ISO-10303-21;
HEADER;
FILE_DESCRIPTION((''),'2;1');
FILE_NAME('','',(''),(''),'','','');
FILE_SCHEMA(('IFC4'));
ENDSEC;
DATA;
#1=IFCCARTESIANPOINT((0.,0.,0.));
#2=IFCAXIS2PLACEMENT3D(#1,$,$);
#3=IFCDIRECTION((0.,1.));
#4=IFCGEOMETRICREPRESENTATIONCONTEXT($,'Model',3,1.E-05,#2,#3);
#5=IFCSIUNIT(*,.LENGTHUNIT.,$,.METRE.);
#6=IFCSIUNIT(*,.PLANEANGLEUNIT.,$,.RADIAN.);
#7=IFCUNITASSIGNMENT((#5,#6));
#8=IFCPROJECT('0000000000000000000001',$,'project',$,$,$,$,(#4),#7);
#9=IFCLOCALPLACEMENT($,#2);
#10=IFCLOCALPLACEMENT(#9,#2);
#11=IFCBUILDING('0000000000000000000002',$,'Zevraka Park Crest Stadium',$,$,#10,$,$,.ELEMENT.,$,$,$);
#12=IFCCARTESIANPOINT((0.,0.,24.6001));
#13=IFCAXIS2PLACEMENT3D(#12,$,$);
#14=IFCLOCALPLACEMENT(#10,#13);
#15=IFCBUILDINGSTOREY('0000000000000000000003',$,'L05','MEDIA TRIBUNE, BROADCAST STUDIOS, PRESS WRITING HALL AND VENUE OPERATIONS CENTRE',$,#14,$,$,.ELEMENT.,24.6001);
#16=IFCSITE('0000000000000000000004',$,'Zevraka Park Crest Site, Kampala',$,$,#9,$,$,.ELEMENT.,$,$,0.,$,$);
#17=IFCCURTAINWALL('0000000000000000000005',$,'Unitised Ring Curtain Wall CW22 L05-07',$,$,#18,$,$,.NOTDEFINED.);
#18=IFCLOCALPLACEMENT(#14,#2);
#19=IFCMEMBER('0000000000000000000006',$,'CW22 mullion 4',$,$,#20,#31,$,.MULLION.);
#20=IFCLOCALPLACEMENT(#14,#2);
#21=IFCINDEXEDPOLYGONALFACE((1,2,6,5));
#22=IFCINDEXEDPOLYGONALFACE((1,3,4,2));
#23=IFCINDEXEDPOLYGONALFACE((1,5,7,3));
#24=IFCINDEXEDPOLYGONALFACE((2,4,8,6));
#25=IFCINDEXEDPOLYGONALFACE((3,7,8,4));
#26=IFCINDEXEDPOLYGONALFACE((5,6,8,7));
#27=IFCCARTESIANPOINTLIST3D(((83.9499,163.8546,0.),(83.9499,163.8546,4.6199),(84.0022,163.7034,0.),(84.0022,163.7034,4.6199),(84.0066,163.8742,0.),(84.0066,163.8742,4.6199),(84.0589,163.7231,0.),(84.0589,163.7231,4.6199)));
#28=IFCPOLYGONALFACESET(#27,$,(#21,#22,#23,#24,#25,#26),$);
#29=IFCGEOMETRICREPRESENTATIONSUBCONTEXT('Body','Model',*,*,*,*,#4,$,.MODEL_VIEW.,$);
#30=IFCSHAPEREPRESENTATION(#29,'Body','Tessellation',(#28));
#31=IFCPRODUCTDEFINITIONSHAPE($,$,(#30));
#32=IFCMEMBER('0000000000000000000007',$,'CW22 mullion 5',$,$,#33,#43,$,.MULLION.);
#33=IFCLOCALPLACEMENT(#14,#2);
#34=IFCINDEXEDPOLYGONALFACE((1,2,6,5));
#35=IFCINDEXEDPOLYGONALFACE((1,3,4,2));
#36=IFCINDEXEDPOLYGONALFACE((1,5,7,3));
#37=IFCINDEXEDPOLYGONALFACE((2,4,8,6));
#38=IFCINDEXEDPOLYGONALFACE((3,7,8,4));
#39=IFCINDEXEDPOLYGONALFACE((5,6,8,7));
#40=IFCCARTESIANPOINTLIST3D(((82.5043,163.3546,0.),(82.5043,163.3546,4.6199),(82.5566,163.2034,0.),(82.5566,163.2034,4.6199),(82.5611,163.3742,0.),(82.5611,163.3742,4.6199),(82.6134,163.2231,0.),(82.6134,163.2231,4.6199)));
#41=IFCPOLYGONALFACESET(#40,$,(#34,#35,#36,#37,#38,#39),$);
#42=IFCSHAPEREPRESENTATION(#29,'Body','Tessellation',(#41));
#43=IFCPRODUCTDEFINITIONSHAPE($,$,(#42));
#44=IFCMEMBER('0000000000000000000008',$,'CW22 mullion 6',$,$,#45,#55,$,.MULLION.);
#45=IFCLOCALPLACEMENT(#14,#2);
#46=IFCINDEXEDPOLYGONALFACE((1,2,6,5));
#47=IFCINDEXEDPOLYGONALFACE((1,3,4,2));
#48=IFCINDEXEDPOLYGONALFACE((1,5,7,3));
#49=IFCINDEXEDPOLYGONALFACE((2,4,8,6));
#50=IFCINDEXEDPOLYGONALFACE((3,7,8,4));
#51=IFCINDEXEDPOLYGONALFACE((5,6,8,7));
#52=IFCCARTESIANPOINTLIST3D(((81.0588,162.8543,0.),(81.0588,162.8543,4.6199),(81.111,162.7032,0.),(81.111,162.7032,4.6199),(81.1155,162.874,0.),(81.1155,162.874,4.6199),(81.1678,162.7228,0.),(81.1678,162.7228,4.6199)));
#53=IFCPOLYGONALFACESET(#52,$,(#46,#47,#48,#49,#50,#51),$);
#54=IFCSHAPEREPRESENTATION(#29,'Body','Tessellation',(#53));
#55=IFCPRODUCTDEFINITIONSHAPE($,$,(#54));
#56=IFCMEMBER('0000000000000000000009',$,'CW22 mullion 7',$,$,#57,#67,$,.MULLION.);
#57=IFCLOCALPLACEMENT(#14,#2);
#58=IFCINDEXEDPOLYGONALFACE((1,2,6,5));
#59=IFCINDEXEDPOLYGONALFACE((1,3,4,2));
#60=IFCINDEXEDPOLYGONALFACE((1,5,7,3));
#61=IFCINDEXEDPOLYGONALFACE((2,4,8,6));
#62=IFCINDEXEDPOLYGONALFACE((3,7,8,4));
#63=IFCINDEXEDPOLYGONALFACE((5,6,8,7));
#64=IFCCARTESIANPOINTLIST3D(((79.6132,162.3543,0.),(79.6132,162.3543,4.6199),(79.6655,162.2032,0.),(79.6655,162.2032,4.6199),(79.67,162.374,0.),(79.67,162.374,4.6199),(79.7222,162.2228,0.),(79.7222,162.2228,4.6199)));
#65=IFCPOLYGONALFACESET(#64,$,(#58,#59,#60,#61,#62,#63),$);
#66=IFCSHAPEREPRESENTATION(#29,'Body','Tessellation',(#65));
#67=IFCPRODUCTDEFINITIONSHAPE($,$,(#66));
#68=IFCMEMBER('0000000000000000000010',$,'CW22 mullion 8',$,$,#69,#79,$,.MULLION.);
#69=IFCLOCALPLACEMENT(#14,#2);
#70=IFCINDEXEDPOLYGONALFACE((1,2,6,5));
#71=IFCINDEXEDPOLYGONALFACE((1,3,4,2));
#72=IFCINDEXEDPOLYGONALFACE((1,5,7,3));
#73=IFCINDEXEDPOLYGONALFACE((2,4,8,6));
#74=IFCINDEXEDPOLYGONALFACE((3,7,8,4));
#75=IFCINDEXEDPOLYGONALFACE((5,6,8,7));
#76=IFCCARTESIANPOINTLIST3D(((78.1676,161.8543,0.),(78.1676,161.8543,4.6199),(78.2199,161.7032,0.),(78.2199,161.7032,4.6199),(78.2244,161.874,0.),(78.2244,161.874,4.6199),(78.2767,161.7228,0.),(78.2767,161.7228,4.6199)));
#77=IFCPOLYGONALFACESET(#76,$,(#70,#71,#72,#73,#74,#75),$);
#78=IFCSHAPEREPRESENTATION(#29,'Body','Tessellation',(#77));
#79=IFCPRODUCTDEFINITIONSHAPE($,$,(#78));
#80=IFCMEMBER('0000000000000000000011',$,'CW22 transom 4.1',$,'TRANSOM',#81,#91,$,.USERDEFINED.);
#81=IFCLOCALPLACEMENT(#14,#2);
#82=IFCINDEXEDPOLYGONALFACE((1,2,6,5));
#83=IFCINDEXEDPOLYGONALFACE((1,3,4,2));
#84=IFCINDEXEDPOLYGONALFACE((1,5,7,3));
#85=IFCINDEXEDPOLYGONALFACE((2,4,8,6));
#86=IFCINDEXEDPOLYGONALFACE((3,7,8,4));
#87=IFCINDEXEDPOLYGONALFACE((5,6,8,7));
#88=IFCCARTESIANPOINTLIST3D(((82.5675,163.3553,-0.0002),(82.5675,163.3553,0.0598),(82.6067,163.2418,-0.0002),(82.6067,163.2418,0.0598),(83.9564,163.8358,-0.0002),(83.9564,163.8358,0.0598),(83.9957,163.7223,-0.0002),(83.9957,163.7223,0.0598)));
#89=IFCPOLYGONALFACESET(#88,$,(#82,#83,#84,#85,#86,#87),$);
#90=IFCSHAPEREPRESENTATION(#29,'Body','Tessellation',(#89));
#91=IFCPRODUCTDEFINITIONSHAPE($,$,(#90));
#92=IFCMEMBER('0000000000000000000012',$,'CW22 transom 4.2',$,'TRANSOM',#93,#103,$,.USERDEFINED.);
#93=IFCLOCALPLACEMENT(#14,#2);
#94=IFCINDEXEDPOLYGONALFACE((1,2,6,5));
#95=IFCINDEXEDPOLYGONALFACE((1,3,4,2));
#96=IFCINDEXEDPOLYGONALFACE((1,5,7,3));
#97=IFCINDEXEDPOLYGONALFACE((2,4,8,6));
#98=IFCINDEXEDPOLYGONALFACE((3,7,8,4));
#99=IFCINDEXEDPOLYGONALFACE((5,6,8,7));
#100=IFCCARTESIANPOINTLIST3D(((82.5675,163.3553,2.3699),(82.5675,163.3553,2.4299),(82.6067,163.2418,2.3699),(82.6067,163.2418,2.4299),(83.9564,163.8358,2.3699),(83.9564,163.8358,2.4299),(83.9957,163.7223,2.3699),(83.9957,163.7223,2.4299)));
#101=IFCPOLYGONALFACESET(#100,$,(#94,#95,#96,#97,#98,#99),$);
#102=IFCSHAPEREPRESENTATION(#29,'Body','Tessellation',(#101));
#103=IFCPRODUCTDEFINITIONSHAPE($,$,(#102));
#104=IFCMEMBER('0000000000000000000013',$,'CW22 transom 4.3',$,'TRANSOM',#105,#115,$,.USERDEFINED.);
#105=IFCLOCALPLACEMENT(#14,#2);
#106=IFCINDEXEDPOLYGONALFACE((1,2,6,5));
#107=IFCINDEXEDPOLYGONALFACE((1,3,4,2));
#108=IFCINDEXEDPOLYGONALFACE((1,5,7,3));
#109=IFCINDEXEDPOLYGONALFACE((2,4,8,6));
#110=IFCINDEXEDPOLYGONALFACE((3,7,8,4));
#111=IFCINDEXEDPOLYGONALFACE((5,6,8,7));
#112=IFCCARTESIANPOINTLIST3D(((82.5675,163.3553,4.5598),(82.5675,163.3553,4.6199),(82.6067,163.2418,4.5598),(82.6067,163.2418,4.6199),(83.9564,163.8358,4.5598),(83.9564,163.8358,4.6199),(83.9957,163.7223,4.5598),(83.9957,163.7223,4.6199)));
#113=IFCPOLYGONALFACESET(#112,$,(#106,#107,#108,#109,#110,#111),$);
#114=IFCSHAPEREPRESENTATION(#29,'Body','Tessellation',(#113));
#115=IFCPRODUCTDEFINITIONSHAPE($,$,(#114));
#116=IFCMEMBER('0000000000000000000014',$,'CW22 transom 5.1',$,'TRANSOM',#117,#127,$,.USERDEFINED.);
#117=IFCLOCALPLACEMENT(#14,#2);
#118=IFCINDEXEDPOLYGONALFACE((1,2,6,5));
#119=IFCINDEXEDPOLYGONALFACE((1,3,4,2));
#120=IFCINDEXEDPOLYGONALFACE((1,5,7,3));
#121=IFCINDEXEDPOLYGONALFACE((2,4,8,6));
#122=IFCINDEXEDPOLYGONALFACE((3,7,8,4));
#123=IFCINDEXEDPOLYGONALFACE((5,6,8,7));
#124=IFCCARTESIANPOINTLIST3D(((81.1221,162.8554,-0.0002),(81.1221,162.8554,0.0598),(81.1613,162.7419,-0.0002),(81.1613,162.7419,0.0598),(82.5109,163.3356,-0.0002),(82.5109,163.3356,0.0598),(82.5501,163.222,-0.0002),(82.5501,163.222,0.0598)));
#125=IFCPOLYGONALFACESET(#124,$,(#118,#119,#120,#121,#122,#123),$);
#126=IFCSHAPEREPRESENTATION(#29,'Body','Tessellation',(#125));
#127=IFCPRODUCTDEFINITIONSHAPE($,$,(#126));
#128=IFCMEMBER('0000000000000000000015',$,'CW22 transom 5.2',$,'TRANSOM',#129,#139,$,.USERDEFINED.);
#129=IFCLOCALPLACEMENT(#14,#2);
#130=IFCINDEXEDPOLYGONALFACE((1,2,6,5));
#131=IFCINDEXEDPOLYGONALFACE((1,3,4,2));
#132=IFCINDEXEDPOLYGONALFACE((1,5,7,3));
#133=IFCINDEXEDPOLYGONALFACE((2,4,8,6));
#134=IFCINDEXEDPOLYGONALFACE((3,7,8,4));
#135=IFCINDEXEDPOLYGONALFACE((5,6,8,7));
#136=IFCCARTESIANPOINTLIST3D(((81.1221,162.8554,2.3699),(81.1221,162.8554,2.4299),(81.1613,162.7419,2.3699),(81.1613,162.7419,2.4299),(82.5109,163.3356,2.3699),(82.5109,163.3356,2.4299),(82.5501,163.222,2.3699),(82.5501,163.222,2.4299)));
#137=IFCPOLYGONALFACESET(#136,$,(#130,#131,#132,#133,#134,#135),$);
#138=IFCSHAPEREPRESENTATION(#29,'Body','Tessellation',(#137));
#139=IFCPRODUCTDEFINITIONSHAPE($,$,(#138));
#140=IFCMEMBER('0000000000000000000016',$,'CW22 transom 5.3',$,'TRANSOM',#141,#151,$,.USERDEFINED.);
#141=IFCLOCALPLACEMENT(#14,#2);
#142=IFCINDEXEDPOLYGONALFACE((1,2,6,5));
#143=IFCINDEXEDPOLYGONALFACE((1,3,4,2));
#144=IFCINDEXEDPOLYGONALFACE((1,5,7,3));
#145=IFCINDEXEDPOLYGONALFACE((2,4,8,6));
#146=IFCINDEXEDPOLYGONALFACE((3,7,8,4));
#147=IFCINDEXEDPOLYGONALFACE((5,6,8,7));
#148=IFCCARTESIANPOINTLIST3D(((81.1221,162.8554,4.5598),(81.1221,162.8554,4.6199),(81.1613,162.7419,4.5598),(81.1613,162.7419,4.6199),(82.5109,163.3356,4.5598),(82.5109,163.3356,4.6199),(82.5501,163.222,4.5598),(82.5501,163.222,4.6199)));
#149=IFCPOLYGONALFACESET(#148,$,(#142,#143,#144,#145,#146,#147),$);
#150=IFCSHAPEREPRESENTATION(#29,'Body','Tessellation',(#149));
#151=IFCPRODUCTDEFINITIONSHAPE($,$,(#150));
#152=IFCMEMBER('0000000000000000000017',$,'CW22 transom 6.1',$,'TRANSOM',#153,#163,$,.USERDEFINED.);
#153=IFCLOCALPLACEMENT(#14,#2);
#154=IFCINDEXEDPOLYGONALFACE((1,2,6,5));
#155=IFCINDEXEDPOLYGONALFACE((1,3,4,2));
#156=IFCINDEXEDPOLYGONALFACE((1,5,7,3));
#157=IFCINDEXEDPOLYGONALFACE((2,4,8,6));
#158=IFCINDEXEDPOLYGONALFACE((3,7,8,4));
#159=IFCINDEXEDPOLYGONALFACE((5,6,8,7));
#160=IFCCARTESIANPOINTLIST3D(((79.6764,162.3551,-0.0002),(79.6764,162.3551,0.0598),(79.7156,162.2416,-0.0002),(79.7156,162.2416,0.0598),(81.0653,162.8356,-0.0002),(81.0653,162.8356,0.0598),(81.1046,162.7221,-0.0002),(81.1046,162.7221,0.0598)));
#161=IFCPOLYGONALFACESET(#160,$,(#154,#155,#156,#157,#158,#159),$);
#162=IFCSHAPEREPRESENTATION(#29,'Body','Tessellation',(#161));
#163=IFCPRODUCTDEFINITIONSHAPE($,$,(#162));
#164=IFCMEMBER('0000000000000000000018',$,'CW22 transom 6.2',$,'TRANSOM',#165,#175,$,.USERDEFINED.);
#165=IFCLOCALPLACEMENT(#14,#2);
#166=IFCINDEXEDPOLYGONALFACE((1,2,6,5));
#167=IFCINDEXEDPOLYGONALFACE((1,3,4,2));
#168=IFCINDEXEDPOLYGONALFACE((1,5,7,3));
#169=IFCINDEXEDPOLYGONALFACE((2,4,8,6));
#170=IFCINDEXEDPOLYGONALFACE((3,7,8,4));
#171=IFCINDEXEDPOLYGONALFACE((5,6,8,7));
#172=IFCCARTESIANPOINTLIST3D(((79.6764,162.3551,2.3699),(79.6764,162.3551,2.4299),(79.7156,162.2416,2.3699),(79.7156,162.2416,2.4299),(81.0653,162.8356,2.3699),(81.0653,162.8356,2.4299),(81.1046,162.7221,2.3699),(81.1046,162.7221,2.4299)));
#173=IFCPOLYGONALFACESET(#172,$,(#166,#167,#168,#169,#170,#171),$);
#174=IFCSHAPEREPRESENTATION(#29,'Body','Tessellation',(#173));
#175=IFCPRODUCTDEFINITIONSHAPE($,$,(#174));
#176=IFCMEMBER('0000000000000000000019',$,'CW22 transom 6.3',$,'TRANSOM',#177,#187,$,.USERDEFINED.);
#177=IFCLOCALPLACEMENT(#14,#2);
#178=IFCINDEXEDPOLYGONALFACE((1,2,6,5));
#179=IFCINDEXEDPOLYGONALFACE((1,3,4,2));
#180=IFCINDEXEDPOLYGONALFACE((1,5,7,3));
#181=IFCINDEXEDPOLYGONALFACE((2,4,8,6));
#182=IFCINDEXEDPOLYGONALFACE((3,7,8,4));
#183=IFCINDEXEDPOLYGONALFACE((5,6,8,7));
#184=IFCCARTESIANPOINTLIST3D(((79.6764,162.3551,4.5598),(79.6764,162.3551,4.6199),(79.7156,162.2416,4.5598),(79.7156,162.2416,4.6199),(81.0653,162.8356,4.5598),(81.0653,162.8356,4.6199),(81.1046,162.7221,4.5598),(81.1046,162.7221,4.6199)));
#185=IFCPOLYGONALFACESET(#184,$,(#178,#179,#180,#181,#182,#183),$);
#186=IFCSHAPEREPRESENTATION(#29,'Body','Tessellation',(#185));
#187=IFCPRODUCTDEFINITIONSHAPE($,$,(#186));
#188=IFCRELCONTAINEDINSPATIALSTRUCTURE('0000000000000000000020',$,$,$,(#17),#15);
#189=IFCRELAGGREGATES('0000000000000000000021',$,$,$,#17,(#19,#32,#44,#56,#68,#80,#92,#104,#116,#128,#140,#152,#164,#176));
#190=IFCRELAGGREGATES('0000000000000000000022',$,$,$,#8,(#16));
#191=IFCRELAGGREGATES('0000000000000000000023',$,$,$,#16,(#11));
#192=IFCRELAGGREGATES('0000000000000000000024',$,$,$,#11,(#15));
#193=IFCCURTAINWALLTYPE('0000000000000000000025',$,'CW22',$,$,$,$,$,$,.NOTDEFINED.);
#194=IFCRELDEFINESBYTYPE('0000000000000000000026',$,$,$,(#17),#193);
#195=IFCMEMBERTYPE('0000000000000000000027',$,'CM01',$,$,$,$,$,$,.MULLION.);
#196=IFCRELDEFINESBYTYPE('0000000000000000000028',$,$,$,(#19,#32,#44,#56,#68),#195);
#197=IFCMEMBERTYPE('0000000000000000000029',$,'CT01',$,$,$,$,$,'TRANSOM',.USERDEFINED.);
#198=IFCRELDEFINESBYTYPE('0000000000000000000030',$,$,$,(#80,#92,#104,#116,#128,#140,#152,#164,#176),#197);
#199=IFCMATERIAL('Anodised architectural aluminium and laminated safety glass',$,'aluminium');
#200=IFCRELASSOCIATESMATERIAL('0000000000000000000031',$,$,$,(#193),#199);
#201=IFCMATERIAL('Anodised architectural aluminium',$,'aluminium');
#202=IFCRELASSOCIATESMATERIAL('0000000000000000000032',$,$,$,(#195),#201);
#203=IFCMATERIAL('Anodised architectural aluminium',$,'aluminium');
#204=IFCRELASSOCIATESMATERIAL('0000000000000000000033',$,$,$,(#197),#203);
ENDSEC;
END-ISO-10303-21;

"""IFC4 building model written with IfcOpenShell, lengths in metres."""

from ifc_helpers import new_model, si_unit, direction, frame, origin, origin_2d, place, context, subcontext, project, spatial, rectangle, extrude, material, material_profile, profile_set, type_object, element, aggregate, save


model = new_model("IFC4")

# Units and contexts
model_context = context("Model", 3, precision=1e-05, world=origin(), true_north=direction((0.0, 1.0)))
body_context = subcontext(model_context, "Body", "Model", "MODEL_VIEW")
ifc_project = project(units=[si_unit("LENGTHUNIT", "METRE"), si_unit("PLANEANGLEUNIT", "RADIAN")], contexts=[model_context])

# Site, building, storey
site_placement = place(None, origin())
site = spatial("IfcSite", under=ifc_project, at=site_placement, Name="Zevraka Park Crest Site, Kampala", CompositionType="ELEMENT", RefElevation=0.0)
building_placement = place(site_placement, origin())
building = spatial("IfcBuilding", under=site, at=building_placement, Name="Zevraka Park Crest Stadium", CompositionType="ELEMENT")
storey_placement = place(building_placement, frame((0.0, 0.0, 24.6001)))
storey = spatial("IfcBuildingStorey", under=building, at=storey_placement, Name="L05", Description="MEDIA TRIBUNE, BROADCAST STUDIOS, PRESS WRITING HALL AND VENUE OPERATIONS CENTRE", CompositionType="ELEMENT", Elevation=24.6001)

# Curtain wall, members
ifc_material_1 = material(Name="Anodised architectural aluminium and laminated safety glass", Category="aluminium")
curtain_wall_type = type_object("IfcCurtainWallType", Name="CW22", PredefinedType="NOTDEFINED", material=ifc_material_1)
curtain_wall_placement = place(storey_placement, origin())
curtain_wall = element("IfcCurtainWall", 1, at=curtain_wall_placement, inside=storey, type_object=curtain_wall_type, Name="Unitised Ring Curtain Wall CW22 L05-07", PredefinedType="NOTDEFINED")
ifc_material_2 = material(Name="Anodised architectural aluminium", Category="aluminium")
ifc_material_profile_1 = material_profile(ifc_material_2, rectangle(XDim=0.1599, YDim=0.0601, at=origin_2d()), Name="ALU MULLION 160x60")
ifc_profile_set_1 = profile_set([ifc_material_profile_1], Name="Anodised architectural aluminium")
member_type_1 = type_object("IfcMemberType", Name="CM01", PredefinedType="MULLION", material=ifc_profile_set_1)
member_1_placement = place(storey_placement, frame((84.0044, 163.7888, 0.0), z_axis=(0.0, 0.0, 1.0), x_axis=(0.326929, -0.945049, 0.0)))
member_1 = element("IfcMember", 2, at=member_1_placement, type_object=member_type_1, Name="CW22 mullion 4", PredefinedType="MULLION", context=body_context, shape_type="SweptSolid", body=[
    extrude(rectangle(XDim=0.1599, YDim=0.0601, at=origin_2d()), origin(), (0.0, 0.0, 1.0), 4.6199),
])
member_2_placement = place(storey_placement, frame((82.5588, 163.2888, 0.0), z_axis=(0.0, 0.0, 1.0), x_axis=(0.326929, -0.945049, 0.0)))
member_2 = element("IfcMember", 3, at=member_2_placement, type_object=member_type_1, Name="CW22 mullion 5", PredefinedType="MULLION", context=body_context, shape_type="SweptSolid", body=[
    extrude(rectangle(XDim=0.1599, YDim=0.0601, at=origin_2d()), origin(), (0.0, 0.0, 1.0), 4.6199),
])
member_3_placement = place(storey_placement, frame((81.1133, 162.7886, 0.0), z_axis=(0.0, 0.0, 1.0), x_axis=(0.326929, -0.945049, 0.0)))
member_3 = element("IfcMember", 4, at=member_3_placement, type_object=member_type_1, Name="CW22 mullion 6", PredefinedType="MULLION", context=body_context, shape_type="SweptSolid", body=[
    extrude(rectangle(XDim=0.1599, YDim=0.0601, at=origin_2d()), origin(), (0.0, 0.0, 1.0), 4.6199),
])
member_4_placement = place(storey_placement, frame((79.6677, 162.2886, 0.0), z_axis=(0.0, 0.0, 1.0), x_axis=(0.326929, -0.945049, 0.0)))
member_4 = element("IfcMember", 5, at=member_4_placement, type_object=member_type_1, Name="CW22 mullion 7", PredefinedType="MULLION", context=body_context, shape_type="SweptSolid", body=[
    extrude(rectangle(XDim=0.1599, YDim=0.0601, at=origin_2d()), origin(), (0.0, 0.0, 1.0), 4.6199),
])
member_5_placement = place(storey_placement, frame((78.2222, 161.7886, 0.0), z_axis=(0.0, 0.0, 1.0), x_axis=(0.326929, -0.945049, 0.0)))
member_5 = element("IfcMember", 6, at=member_5_placement, type_object=member_type_1, Name="CW22 mullion 8", PredefinedType="MULLION", context=body_context, shape_type="SweptSolid", body=[
    extrude(rectangle(XDim=0.1599, YDim=0.0601, at=origin_2d()), origin(), (0.0, 0.0, 1.0), 4.6199),
])
ifc_material_3 = material(Name="Anodised architectural aluminium", Category="aluminium")
ifc_material_profile_2 = material_profile(ifc_material_3, rectangle(XDim=0.1201, YDim=0.0601, at=origin_2d()), Name="ALU TRANSOM 120x60")
ifc_profile_set_2 = profile_set([ifc_material_profile_2], Name="Anodised architectural aluminium")
member_type_2 = type_object("IfcMemberType", Name="CT01", ElementType="TRANSOM", PredefinedType="USERDEFINED", material=ifc_profile_set_2)
member_6_placement = place(storey_placement, frame((83.9761, 163.7791, 0.0298), z_axis=(-0.945051, -0.326922, 0.0), x_axis=(0.326922, -0.945051, 0.0)))
member_6 = element("IfcMember", 7, at=member_6_placement, type_object=member_type_2, Name="CW22 transom 4.1", ObjectType="TRANSOM", PredefinedType="USERDEFINED", context=body_context, shape_type="SweptSolid", body=[
    extrude(rectangle(XDim=0.1201, YDim=0.0601, at=origin_2d()), origin(), (0.0, 0.0, 1.0), 1.4697),
])
member_7_placement = place(storey_placement, frame((83.9761, 163.7791, 2.3999), z_axis=(-0.945051, -0.326922, 0.0), x_axis=(0.326922, -0.945051, 0.0)))
member_7 = element("IfcMember", 8, at=member_7_placement, type_object=member_type_2, Name="CW22 transom 4.2", ObjectType="TRANSOM", PredefinedType="USERDEFINED", context=body_context, shape_type="SweptSolid", body=[
    extrude(rectangle(XDim=0.1201, YDim=0.0601, at=origin_2d()), origin(), (0.0, 0.0, 1.0), 1.4697),
])
member_8_placement = place(storey_placement, frame((83.9761, 163.7791, 4.5898), z_axis=(-0.945051, -0.326922, 0.0), x_axis=(0.326922, -0.945051, 0.0)))
member_8 = element("IfcMember", 9, at=member_8_placement, type_object=member_type_2, Name="CW22 transom 4.3", ObjectType="TRANSOM", PredefinedType="USERDEFINED", context=body_context, shape_type="SweptSolid", body=[
    extrude(rectangle(XDim=0.1201, YDim=0.0601, at=origin_2d()), origin(), (0.0, 0.0, 1.0), 1.4697),
])
member_9_placement = place(storey_placement, frame((82.5305, 163.2788, 0.0298), z_axis=(-0.945103, -0.326774, 0.0), x_axis=(0.326774, -0.945103, 0.0)))
member_9 = element("IfcMember", 10, at=member_9_placement, type_object=member_type_2, Name="CW22 transom 5.1", ObjectType="TRANSOM", PredefinedType="USERDEFINED", context=body_context, shape_type="SweptSolid", body=[
    extrude(rectangle(XDim=0.1201, YDim=0.0601, at=origin_2d()), origin(), (0.0, 0.0, 1.0), 1.4695),
])
member_10_placement = place(storey_placement, frame((82.5305, 163.2788, 2.3999), z_axis=(-0.945103, -0.326774, 0.0), x_axis=(0.326774, -0.945103, 0.0)))
member_10 = element("IfcMember", 11, at=member_10_placement, type_object=member_type_2, Name="CW22 transom 5.2", ObjectType="TRANSOM", PredefinedType="USERDEFINED", context=body_context, shape_type="SweptSolid", body=[
    extrude(rectangle(XDim=0.1201, YDim=0.0601, at=origin_2d()), origin(), (0.0, 0.0, 1.0), 1.4695),
])
member_11_placement = place(storey_placement, frame((82.5305, 163.2788, 4.5898), z_axis=(-0.945103, -0.326774, 0.0), x_axis=(0.326774, -0.945103, 0.0)))
member_11 = element("IfcMember", 12, at=member_11_placement, type_object=member_type_2, Name="CW22 transom 5.3", ObjectType="TRANSOM", PredefinedType="USERDEFINED", context=body_context, shape_type="SweptSolid", body=[
    extrude(rectangle(XDim=0.1201, YDim=0.0601, at=origin_2d()), origin(), (0.0, 0.0, 1.0), 1.4695),
])
member_12_placement = place(storey_placement, frame((81.085, 162.7788, 0.0298), z_axis=(-0.945051, -0.326922, 0.0), x_axis=(0.326922, -0.945051, 0.0)))
member_12 = element("IfcMember", 13, at=member_12_placement, type_object=member_type_2, Name="CW22 transom 6.1", ObjectType="TRANSOM", PredefinedType="USERDEFINED", context=body_context, shape_type="SweptSolid", body=[
    extrude(rectangle(XDim=0.1201, YDim=0.0601, at=origin_2d()), origin(), (0.0, 0.0, 1.0), 1.4697),
])
member_13_placement = place(storey_placement, frame((81.085, 162.7788, 2.3999), z_axis=(-0.945051, -0.326922, 0.0), x_axis=(0.326922, -0.945051, 0.0)))
member_13 = element("IfcMember", 14, at=member_13_placement, type_object=member_type_2, Name="CW22 transom 6.2", ObjectType="TRANSOM", PredefinedType="USERDEFINED", context=body_context, shape_type="SweptSolid", body=[
    extrude(rectangle(XDim=0.1201, YDim=0.0601, at=origin_2d()), origin(), (0.0, 0.0, 1.0), 1.4697),
])
member_14_placement = place(storey_placement, frame((81.085, 162.7788, 4.5898), z_axis=(-0.945051, -0.326922, 0.0), x_axis=(0.326922, -0.945051, 0.0)))
member_14 = element("IfcMember", 15, at=member_14_placement, type_object=member_type_2, Name="CW22 transom 6.3", ObjectType="TRANSOM", PredefinedType="USERDEFINED", context=body_context, shape_type="SweptSolid", body=[
    extrude(rectangle(XDim=0.1201, YDim=0.0601, at=origin_2d()), origin(), (0.0, 0.0, 1.0), 1.4697),
])
aggregate(curtain_wall, [member_1, member_2, member_3, member_4, member_5, member_6, member_7, member_8, member_9, member_10, member_11, member_12, member_13, member_14])

save(model, "model.ifc")
